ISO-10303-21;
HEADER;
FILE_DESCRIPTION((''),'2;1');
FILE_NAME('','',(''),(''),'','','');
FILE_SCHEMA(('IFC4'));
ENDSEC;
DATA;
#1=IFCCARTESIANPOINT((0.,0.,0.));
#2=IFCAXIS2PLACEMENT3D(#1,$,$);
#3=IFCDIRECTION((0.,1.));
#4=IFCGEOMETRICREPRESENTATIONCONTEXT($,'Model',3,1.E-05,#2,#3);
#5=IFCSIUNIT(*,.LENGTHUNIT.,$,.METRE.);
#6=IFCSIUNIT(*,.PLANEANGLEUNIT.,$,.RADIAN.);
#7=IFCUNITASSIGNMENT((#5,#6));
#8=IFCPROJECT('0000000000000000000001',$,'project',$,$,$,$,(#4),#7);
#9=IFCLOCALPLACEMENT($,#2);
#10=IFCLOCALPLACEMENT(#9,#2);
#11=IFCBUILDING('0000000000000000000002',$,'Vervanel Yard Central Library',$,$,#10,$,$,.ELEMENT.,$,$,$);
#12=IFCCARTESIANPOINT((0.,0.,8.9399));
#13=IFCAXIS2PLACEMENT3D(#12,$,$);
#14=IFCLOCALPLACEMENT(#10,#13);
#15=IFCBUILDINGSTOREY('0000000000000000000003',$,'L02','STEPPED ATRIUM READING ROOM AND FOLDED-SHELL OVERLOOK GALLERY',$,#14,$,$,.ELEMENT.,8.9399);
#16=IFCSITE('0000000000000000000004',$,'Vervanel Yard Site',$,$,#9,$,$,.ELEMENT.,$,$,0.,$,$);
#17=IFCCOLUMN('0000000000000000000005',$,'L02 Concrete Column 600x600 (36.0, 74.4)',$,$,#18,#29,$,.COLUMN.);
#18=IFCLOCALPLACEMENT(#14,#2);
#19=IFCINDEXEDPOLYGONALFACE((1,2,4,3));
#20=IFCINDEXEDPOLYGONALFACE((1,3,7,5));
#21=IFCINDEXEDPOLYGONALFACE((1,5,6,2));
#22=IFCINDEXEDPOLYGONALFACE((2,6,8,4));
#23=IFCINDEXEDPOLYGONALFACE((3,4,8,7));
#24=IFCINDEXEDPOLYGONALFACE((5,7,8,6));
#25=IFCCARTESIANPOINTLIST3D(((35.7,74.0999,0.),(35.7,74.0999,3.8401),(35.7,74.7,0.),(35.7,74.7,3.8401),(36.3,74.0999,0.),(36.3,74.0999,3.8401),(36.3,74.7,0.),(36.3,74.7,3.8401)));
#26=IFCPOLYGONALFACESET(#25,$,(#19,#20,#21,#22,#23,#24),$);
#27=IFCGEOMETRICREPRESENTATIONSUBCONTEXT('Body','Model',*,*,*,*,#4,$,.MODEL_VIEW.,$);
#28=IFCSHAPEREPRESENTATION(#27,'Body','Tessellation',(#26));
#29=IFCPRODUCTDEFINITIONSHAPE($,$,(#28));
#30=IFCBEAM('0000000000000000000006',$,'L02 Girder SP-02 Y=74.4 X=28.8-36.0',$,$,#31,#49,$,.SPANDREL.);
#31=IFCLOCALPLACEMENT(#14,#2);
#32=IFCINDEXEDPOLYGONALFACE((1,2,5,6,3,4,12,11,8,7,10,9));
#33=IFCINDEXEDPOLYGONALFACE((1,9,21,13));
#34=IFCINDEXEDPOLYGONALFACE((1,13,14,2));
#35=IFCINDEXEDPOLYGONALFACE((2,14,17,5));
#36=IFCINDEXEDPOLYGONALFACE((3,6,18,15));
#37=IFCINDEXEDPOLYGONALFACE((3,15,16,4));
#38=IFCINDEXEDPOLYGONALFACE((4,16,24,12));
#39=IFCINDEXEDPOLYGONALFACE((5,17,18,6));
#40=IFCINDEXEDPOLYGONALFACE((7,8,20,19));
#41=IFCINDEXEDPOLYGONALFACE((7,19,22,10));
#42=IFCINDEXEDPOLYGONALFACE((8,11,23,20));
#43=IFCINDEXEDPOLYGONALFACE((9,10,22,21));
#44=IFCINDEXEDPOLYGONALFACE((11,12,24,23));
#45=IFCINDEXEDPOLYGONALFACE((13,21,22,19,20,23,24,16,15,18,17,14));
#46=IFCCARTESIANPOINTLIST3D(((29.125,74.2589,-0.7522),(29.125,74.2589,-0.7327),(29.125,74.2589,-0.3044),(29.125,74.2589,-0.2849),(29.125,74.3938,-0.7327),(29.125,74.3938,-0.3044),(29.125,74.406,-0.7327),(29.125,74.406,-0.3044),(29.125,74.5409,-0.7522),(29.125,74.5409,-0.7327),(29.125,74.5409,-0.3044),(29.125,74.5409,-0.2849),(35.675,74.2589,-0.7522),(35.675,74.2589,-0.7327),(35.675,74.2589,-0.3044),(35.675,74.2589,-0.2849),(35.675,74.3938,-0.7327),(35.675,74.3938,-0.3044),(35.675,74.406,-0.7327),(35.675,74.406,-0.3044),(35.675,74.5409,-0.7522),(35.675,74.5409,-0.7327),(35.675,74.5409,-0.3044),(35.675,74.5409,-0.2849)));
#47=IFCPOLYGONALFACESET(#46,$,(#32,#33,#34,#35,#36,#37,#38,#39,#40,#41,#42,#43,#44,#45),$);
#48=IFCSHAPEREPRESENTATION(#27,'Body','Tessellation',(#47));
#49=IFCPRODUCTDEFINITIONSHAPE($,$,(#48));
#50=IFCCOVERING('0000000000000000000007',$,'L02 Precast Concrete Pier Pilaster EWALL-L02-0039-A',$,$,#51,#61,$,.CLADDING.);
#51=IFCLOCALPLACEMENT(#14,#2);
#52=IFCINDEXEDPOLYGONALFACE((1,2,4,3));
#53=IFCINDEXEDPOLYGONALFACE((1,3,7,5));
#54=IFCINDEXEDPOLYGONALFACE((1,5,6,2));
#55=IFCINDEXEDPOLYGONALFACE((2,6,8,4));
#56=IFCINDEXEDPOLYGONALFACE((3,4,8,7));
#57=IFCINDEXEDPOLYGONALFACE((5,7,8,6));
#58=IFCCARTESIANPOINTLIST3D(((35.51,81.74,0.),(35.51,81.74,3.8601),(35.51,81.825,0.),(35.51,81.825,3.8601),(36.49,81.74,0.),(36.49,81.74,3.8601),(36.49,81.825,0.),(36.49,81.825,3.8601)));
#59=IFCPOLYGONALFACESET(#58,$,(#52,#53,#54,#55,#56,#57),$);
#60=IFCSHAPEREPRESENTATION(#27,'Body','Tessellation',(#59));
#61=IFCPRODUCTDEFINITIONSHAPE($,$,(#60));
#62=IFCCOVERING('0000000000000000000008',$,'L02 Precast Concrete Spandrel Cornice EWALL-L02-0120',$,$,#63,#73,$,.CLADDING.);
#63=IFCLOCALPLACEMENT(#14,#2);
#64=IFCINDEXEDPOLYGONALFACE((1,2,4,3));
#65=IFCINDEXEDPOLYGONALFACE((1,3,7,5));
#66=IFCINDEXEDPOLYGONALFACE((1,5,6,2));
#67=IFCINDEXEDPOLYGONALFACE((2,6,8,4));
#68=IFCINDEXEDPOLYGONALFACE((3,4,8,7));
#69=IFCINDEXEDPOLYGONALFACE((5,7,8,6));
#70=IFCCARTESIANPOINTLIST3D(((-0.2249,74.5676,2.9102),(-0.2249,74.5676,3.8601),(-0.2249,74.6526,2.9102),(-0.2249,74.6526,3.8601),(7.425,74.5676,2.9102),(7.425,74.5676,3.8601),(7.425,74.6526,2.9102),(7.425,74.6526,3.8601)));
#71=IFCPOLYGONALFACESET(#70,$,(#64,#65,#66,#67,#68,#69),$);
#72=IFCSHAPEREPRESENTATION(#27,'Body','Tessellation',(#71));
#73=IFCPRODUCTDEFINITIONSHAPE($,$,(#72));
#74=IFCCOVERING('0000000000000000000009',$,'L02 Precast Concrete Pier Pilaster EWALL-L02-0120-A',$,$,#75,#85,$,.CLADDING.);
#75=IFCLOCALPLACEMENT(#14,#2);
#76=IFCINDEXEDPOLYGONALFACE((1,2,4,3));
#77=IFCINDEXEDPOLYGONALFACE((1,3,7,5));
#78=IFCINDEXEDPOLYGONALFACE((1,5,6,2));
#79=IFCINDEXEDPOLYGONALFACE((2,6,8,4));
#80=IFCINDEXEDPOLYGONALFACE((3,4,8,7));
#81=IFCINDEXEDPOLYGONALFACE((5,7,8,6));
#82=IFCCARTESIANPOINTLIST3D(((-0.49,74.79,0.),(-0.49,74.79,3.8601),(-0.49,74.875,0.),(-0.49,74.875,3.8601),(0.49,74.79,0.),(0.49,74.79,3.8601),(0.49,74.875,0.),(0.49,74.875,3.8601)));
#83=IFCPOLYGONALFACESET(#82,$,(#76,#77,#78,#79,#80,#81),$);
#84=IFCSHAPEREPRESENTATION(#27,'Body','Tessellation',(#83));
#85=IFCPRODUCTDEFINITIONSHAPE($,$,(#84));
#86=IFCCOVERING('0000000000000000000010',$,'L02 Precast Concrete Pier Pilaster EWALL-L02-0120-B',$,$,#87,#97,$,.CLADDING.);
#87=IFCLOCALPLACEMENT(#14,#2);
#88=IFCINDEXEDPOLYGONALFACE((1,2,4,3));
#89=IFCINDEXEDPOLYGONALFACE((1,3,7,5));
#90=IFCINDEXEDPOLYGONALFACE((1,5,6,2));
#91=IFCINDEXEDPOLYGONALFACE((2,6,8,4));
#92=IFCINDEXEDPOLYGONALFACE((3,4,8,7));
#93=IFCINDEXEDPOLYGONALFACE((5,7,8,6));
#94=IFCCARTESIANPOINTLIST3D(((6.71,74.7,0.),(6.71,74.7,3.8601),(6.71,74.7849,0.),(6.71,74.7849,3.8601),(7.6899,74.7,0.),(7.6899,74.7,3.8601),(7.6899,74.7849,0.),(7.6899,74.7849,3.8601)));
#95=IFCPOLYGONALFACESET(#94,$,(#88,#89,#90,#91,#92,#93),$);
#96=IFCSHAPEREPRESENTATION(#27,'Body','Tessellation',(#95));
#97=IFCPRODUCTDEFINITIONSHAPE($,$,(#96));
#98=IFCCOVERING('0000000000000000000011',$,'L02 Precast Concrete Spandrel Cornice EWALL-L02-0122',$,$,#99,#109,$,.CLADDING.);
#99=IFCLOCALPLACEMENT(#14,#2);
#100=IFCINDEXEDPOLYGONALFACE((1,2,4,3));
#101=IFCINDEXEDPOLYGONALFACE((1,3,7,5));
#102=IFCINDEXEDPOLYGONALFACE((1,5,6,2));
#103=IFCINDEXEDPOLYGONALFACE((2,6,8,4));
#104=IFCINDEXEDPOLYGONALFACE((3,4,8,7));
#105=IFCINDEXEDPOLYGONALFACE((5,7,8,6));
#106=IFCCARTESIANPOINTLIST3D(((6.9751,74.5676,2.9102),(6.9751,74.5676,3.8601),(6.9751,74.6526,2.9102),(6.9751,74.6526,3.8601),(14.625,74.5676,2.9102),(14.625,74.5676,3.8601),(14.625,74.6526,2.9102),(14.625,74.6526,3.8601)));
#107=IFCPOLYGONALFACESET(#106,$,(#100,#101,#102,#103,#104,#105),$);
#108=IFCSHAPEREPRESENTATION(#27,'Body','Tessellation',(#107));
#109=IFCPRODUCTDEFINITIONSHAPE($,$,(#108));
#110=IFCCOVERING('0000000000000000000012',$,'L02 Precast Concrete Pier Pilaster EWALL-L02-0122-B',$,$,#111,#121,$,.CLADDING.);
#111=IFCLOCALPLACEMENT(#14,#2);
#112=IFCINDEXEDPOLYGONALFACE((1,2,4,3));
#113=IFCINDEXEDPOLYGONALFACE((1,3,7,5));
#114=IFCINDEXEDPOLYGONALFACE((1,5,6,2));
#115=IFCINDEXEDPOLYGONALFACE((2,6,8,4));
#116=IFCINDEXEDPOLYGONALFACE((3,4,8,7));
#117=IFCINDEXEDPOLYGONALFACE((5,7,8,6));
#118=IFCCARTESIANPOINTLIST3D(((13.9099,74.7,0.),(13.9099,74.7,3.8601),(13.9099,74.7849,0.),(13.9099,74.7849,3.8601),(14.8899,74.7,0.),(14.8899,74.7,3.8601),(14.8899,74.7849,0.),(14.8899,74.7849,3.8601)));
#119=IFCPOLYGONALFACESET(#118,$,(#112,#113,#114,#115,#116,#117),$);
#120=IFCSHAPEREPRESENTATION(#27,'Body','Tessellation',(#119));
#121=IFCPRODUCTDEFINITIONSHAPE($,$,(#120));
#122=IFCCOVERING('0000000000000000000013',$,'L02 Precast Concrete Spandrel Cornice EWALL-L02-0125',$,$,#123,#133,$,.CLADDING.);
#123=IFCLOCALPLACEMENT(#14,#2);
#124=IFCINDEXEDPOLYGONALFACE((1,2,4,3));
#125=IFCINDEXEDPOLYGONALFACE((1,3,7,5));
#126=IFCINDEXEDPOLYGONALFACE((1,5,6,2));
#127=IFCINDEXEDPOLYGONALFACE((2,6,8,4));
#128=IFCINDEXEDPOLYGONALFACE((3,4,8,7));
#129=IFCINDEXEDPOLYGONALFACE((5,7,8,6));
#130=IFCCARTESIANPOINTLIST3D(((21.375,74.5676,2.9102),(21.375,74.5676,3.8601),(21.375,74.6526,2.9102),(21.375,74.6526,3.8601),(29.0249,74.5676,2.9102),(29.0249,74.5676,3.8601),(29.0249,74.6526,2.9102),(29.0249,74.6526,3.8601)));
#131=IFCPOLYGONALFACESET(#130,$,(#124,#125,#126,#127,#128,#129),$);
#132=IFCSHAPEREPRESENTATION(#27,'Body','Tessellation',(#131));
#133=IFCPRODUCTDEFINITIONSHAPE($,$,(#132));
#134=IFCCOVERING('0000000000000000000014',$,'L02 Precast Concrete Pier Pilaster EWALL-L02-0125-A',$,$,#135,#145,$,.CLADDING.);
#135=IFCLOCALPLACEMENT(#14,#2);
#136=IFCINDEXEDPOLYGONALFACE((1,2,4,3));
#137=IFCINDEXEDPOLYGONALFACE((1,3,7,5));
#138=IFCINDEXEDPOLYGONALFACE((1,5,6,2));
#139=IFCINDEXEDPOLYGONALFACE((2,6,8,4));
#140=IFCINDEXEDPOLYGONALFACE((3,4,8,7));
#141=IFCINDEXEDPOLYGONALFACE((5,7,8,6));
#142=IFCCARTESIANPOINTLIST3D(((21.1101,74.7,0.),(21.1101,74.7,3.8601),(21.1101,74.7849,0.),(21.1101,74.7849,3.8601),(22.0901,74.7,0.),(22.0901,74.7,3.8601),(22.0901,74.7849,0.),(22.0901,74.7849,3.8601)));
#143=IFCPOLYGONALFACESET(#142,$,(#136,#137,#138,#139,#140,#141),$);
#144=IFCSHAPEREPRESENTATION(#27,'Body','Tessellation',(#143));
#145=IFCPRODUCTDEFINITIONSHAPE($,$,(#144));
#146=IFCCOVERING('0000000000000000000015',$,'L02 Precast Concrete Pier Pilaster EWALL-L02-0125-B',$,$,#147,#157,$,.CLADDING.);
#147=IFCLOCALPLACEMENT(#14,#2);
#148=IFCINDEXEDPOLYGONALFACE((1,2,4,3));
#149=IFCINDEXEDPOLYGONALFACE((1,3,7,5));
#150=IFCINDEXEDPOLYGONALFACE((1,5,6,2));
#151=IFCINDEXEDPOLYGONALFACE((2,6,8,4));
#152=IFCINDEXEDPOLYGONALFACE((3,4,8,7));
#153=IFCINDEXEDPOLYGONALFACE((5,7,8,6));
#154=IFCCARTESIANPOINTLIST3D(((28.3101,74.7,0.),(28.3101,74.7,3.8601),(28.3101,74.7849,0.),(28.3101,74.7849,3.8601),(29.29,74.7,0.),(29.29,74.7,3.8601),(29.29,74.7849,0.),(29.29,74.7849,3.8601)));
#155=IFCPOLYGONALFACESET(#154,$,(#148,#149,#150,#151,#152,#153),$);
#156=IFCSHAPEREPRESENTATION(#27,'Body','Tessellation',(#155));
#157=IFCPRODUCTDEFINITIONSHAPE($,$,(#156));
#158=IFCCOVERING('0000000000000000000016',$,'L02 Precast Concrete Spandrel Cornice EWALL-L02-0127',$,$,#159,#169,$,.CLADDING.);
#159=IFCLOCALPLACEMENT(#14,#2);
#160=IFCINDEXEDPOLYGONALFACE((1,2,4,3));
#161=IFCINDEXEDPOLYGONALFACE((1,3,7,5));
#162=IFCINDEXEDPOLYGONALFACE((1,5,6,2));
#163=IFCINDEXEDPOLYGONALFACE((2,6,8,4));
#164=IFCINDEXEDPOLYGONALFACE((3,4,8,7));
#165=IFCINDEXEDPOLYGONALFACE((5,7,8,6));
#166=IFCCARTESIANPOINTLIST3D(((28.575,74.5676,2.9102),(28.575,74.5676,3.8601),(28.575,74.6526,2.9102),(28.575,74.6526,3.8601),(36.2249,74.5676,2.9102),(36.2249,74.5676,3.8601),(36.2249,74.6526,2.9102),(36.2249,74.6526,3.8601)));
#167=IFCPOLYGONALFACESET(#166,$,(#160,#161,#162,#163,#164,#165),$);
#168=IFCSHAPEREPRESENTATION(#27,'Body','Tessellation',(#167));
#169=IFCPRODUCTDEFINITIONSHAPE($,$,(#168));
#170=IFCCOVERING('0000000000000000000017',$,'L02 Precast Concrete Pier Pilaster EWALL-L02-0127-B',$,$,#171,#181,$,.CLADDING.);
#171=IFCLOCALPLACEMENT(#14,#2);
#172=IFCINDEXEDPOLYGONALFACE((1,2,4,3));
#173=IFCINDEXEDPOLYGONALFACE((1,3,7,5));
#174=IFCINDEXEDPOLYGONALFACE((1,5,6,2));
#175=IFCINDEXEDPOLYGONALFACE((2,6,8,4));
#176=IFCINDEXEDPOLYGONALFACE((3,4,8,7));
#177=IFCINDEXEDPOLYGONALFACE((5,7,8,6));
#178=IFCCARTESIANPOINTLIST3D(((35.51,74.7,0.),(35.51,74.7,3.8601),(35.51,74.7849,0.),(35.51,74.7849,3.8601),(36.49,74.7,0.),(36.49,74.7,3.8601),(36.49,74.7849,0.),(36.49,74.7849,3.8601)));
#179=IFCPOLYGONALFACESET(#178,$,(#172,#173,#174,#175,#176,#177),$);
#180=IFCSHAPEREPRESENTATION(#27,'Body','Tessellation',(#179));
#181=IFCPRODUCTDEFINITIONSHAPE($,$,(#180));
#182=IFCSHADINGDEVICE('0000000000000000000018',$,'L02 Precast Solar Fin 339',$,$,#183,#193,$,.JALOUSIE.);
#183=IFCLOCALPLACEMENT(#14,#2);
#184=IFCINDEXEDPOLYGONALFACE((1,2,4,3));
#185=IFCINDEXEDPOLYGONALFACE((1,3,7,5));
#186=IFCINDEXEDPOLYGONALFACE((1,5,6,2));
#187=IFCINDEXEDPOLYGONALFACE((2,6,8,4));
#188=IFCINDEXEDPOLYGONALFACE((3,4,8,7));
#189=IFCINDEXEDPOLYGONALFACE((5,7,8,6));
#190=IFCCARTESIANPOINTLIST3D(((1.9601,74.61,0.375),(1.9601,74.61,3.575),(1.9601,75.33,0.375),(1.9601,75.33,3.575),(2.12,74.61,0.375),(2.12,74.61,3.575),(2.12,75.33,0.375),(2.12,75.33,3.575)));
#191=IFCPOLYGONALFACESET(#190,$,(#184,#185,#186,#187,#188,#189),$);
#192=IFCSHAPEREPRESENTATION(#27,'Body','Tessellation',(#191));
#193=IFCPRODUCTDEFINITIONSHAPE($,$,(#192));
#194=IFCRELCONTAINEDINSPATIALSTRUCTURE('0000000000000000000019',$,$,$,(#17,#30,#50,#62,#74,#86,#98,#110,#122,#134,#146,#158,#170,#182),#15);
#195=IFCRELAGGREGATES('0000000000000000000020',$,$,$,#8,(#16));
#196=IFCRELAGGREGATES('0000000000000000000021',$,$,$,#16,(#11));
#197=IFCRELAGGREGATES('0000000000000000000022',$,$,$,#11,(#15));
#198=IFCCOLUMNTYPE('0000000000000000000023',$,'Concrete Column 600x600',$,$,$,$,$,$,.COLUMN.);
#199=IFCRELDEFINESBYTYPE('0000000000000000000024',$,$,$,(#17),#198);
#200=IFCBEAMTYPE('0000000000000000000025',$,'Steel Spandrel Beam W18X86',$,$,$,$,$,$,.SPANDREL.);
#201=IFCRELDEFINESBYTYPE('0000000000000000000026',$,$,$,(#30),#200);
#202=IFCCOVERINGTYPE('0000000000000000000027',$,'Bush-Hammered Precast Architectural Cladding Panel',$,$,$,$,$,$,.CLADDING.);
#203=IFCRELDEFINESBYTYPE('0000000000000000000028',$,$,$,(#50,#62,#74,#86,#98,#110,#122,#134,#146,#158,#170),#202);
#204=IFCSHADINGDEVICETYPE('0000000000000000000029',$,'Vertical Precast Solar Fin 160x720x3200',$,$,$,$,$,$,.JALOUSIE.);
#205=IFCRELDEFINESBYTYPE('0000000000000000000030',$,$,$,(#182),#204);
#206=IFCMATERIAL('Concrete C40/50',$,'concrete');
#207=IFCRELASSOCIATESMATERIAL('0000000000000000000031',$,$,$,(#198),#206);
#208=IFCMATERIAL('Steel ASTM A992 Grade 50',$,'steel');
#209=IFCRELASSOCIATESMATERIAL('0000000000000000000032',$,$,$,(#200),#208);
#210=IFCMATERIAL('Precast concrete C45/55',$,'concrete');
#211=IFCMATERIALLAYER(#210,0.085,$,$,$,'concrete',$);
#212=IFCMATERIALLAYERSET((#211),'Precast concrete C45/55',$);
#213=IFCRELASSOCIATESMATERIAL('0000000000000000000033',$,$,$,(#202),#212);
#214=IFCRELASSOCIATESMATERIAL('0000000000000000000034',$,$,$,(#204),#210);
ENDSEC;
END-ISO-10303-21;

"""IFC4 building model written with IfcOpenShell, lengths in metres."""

from ifc_helpers import new_model, si_unit, direction, frame, origin, origin_2d, place, context, subcontext, project, spatial, rectangle, i_section, extrude, material, layer, layer_set, material_profile, profile_set, type_object, element, save


model = new_model("IFC4")

# Units and contexts
model_context = context("Model", 3, precision=1e-05, world=origin(), true_north=direction((0.0, 1.0)))
body_context = subcontext(model_context, "Body", "Model", "MODEL_VIEW")
ifc_project = project(units=[si_unit("LENGTHUNIT", "METRE"), si_unit("PLANEANGLEUNIT", "RADIAN")], contexts=[model_context])

# Site, building, storey
site_placement = place(None, origin())
site = spatial("IfcSite", under=ifc_project, at=site_placement, Name="Vervanel Yard Site", CompositionType="ELEMENT", RefElevation=0.0)
building_placement = place(site_placement, origin())
building = spatial("IfcBuilding", under=site, at=building_placement, Name="Vervanel Yard Central Library", CompositionType="ELEMENT")
storey_placement = place(building_placement, frame((0.0, 0.0, 8.9399)))
storey = spatial("IfcBuildingStorey", under=building, at=storey_placement, Name="L02", Description="STEPPED ATRIUM READING ROOM AND FOLDED-SHELL OVERLOOK GALLERY", CompositionType="ELEMENT", Elevation=8.9399)

# Column
ifc_material_1 = material(Name="Concrete C40/50", Category="concrete")
ifc_material_profile_1 = material_profile(ifc_material_1, rectangle(XDim=0.6001, YDim=0.6001, at=origin_2d()), Name="RC 600x600", Category="concrete")
ifc_profile_set_1 = profile_set([ifc_material_profile_1], Name="Concrete C40/50")
column_type = type_object("IfcColumnType", Name="Concrete Column 600x600", PredefinedType="COLUMN", material=ifc_profile_set_1)
column_placement = place(storey_placement, frame((36.0, 74.3999, 0.0), z_axis=(0.0, 0.0, 1.0), x_axis=(1.0, 0.0, 0.0)))
element("IfcColumn", 1, at=column_placement, inside=storey, type_object=column_type, Name="L02 Concrete Column 600x600 (36.0, 74.4)", PredefinedType="COLUMN", context=body_context, shape_type="SweptSolid", body=[
    extrude(rectangle(XDim=0.6001, YDim=0.6001, at=origin_2d()), origin(), (0.0, 0.0, 1.0), 3.8401),
])

# Beam
ifc_material_2 = material(Name="Steel ASTM A992 Grade 50", Category="steel")
ifc_material_profile_2 = material_profile(ifc_material_2, i_section(OverallWidth=0.282, OverallDepth=0.4673, WebThickness=0.0122, FlangeThickness=0.0195, at=origin_2d()), Name="W18X86", Category="steel")
ifc_profile_set_2 = profile_set([ifc_material_profile_2], Name="Steel ASTM A992 Grade 50")
beam_type = type_object("IfcBeamType", Name="Steel Spandrel Beam W18X86", PredefinedType="SPANDREL", material=ifc_profile_set_2)
beam_placement = place(storey_placement, frame((29.125, 74.3999, -0.5186), z_axis=(1.0, 0.0, 0.0), x_axis=(0.0, 1.0, 0.0)))
element("IfcBeam", 2, at=beam_placement, inside=storey, type_object=beam_type, Name="L02 Girder SP-02 Y=74.4 X=28.8-36.0", PredefinedType="SPANDREL", context=body_context, shape_type="SweptSolid", body=[
    extrude(i_section(OverallWidth=0.282, OverallDepth=0.4673, WebThickness=0.0122, FlangeThickness=0.0195, at=origin_2d()), origin(), (0.0, 0.0, 1.0), 6.55),
])

# Coverings
ifc_material_3 = material(Name="Precast concrete C45/55", Category="concrete")
ifc_layer = layer(ifc_material_3, 0.085, Category="concrete")
ifc_layer_set = layer_set([ifc_layer], Name="Precast concrete C45/55")
covering_type = type_object("IfcCoveringType", Name="Bush-Hammered Precast Architectural Cladding Panel", PredefinedType="CLADDING", material=ifc_layer_set)
covering_1_placement = place(storey_placement, frame((36.0, 81.7825, 0.0), z_axis=(0.0, 0.0, 1.0), x_axis=(1.0, 0.0, 0.0)))
element("IfcCovering", 3, at=covering_1_placement, inside=storey, type_object=covering_type, Name="L02 Precast Concrete Pier Pilaster EWALL-L02-0039-A", PredefinedType="CLADDING", context=body_context, shape_type="SweptSolid", body=[
    extrude(rectangle(XDim=0.98, YDim=0.085, at=origin_2d()), origin(), (0.0, 0.0, 1.0), 3.8601),
])
covering_2_placement = place(storey_placement, frame((3.6001, 74.6101, 2.9102), z_axis=(0.0, 0.0, 1.0), x_axis=(1.0, 0.0, 0.0)))
element("IfcCovering", 4, at=covering_2_placement, inside=storey, type_object=covering_type, Name="L02 Precast Concrete Spandrel Cornice EWALL-L02-0120", PredefinedType="CLADDING", context=body_context, shape_type="SweptSolid", body=[
    extrude(rectangle(XDim=7.6499, YDim=0.085, at=origin_2d()), origin(), (0.0, 0.0, 1.0), 0.95),
])
for number, where, z_axis, x_axis, name in (
    (5, (0.0, 74.8325, 0.0), (0.0, 0.0, 1.0), (1.0, 0.0, 0.0), "L02 Precast Concrete Pier Pilaster EWALL-L02-0120-A"),
    (6, (7.2, 74.7424, 0.0), (0.0, 0.0, 1.0), (1.0, 0.0, 0.0), "L02 Precast Concrete Pier Pilaster EWALL-L02-0120-B"),
):
    element("IfcCovering", number, at=place(storey_placement, frame(where, z_axis=z_axis, x_axis=x_axis)), inside=storey, type_object=covering_type, Name=name, PredefinedType="CLADDING", context=body_context, shape_type="SweptSolid", body=[
        extrude(rectangle(XDim=0.98, YDim=0.085, at=origin_2d()), origin(), (0.0, 0.0, 1.0), 3.8601),
    ])
covering_3_placement = place(storey_placement, frame((10.8, 74.6101, 2.9102), z_axis=(0.0, 0.0, 1.0), x_axis=(1.0, 0.0, 0.0)))
element("IfcCovering", 7, at=covering_3_placement, inside=storey, type_object=covering_type, Name="L02 Precast Concrete Spandrel Cornice EWALL-L02-0122", PredefinedType="CLADDING", context=body_context, shape_type="SweptSolid", body=[
    extrude(rectangle(XDim=7.6499, YDim=0.085, at=origin_2d()), origin(), (0.0, 0.0, 1.0), 0.95),
])
covering_4_placement = place(storey_placement, frame((14.3999, 74.7424, 0.0), z_axis=(0.0, 0.0, 1.0), x_axis=(1.0, 0.0, 0.0)))
element("IfcCovering", 8, at=covering_4_placement, inside=storey, type_object=covering_type, Name="L02 Precast Concrete Pier Pilaster EWALL-L02-0122-B", PredefinedType="CLADDING", context=body_context, shape_type="SweptSolid", body=[
    extrude(rectangle(XDim=0.98, YDim=0.085, at=origin_2d()), origin(), (0.0, 0.0, 1.0), 3.8601),
])
covering_5_placement = place(storey_placement, frame((25.2, 74.6101, 2.9102), z_axis=(0.0, 0.0, 1.0), x_axis=(1.0, 0.0, 0.0)))
element("IfcCovering", 9, at=covering_5_placement, inside=storey, type_object=covering_type, Name="L02 Precast Concrete Spandrel Cornice EWALL-L02-0125", PredefinedType="CLADDING", context=body_context, shape_type="SweptSolid", body=[
    extrude(rectangle(XDim=7.6499, YDim=0.085, at=origin_2d()), origin(), (0.0, 0.0, 1.0), 0.95),
])
for number, where, z_axis, x_axis, name in (
    (10, (21.6001, 74.7424, 0.0), (0.0, 0.0, 1.0), (1.0, 0.0, 0.0), "L02 Precast Concrete Pier Pilaster EWALL-L02-0125-A"),
    (11, (28.8, 74.7424, 0.0), (0.0, 0.0, 1.0), (1.0, 0.0, 0.0), "L02 Precast Concrete Pier Pilaster EWALL-L02-0125-B"),
):
    element("IfcCovering", number, at=place(storey_placement, frame(where, z_axis=z_axis, x_axis=x_axis)), inside=storey, type_object=covering_type, Name=name, PredefinedType="CLADDING", context=body_context, shape_type="SweptSolid", body=[
        extrude(rectangle(XDim=0.98, YDim=0.085, at=origin_2d()), origin(), (0.0, 0.0, 1.0), 3.8601),
    ])
covering_6_placement = place(storey_placement, frame((32.3999, 74.6101, 2.9102), z_axis=(0.0, 0.0, 1.0), x_axis=(1.0, 0.0, 0.0)))
element("IfcCovering", 12, at=covering_6_placement, inside=storey, type_object=covering_type, Name="L02 Precast Concrete Spandrel Cornice EWALL-L02-0127", PredefinedType="CLADDING", context=body_context, shape_type="SweptSolid", body=[
    extrude(rectangle(XDim=7.6499, YDim=0.085, at=origin_2d()), origin(), (0.0, 0.0, 1.0), 0.95),
])
covering_7_placement = place(storey_placement, frame((36.0, 74.7424, 0.0), z_axis=(0.0, 0.0, 1.0), x_axis=(1.0, 0.0, 0.0)))
element("IfcCovering", 13, at=covering_7_placement, inside=storey, type_object=covering_type, Name="L02 Precast Concrete Pier Pilaster EWALL-L02-0127-B", PredefinedType="CLADDING", context=body_context, shape_type="SweptSolid", body=[
    extrude(rectangle(XDim=0.98, YDim=0.085, at=origin_2d()), origin(), (0.0, 0.0, 1.0), 3.8601),
])

# Shading device
shading_device_type = type_object("IfcShadingDeviceType", Name="Vertical Precast Solar Fin 160x720x3200", PredefinedType="JALOUSIE", material=ifc_material_3)
for number, where, z_axis, x_axis, name in (
    (14, (2.04, 74.97, 0.375), (0.0, 0.0, 1.0), (1.0, 0.0, 0.0), "L02 Precast Solar Fin 339"),
):
    element("IfcShadingDevice", number, at=place(storey_placement, frame(where, z_axis=z_axis, x_axis=x_axis)), inside=storey, type_object=shading_device_type, Name=name, PredefinedType="JALOUSIE", context=body_context, shape_type="SweptSolid", body=[
        extrude(rectangle(XDim=0.1599, YDim=0.72, at=origin_2d()), origin(), (0.0, 0.0, 1.0), 3.2),
    ])

save(model, "model.ifc")
